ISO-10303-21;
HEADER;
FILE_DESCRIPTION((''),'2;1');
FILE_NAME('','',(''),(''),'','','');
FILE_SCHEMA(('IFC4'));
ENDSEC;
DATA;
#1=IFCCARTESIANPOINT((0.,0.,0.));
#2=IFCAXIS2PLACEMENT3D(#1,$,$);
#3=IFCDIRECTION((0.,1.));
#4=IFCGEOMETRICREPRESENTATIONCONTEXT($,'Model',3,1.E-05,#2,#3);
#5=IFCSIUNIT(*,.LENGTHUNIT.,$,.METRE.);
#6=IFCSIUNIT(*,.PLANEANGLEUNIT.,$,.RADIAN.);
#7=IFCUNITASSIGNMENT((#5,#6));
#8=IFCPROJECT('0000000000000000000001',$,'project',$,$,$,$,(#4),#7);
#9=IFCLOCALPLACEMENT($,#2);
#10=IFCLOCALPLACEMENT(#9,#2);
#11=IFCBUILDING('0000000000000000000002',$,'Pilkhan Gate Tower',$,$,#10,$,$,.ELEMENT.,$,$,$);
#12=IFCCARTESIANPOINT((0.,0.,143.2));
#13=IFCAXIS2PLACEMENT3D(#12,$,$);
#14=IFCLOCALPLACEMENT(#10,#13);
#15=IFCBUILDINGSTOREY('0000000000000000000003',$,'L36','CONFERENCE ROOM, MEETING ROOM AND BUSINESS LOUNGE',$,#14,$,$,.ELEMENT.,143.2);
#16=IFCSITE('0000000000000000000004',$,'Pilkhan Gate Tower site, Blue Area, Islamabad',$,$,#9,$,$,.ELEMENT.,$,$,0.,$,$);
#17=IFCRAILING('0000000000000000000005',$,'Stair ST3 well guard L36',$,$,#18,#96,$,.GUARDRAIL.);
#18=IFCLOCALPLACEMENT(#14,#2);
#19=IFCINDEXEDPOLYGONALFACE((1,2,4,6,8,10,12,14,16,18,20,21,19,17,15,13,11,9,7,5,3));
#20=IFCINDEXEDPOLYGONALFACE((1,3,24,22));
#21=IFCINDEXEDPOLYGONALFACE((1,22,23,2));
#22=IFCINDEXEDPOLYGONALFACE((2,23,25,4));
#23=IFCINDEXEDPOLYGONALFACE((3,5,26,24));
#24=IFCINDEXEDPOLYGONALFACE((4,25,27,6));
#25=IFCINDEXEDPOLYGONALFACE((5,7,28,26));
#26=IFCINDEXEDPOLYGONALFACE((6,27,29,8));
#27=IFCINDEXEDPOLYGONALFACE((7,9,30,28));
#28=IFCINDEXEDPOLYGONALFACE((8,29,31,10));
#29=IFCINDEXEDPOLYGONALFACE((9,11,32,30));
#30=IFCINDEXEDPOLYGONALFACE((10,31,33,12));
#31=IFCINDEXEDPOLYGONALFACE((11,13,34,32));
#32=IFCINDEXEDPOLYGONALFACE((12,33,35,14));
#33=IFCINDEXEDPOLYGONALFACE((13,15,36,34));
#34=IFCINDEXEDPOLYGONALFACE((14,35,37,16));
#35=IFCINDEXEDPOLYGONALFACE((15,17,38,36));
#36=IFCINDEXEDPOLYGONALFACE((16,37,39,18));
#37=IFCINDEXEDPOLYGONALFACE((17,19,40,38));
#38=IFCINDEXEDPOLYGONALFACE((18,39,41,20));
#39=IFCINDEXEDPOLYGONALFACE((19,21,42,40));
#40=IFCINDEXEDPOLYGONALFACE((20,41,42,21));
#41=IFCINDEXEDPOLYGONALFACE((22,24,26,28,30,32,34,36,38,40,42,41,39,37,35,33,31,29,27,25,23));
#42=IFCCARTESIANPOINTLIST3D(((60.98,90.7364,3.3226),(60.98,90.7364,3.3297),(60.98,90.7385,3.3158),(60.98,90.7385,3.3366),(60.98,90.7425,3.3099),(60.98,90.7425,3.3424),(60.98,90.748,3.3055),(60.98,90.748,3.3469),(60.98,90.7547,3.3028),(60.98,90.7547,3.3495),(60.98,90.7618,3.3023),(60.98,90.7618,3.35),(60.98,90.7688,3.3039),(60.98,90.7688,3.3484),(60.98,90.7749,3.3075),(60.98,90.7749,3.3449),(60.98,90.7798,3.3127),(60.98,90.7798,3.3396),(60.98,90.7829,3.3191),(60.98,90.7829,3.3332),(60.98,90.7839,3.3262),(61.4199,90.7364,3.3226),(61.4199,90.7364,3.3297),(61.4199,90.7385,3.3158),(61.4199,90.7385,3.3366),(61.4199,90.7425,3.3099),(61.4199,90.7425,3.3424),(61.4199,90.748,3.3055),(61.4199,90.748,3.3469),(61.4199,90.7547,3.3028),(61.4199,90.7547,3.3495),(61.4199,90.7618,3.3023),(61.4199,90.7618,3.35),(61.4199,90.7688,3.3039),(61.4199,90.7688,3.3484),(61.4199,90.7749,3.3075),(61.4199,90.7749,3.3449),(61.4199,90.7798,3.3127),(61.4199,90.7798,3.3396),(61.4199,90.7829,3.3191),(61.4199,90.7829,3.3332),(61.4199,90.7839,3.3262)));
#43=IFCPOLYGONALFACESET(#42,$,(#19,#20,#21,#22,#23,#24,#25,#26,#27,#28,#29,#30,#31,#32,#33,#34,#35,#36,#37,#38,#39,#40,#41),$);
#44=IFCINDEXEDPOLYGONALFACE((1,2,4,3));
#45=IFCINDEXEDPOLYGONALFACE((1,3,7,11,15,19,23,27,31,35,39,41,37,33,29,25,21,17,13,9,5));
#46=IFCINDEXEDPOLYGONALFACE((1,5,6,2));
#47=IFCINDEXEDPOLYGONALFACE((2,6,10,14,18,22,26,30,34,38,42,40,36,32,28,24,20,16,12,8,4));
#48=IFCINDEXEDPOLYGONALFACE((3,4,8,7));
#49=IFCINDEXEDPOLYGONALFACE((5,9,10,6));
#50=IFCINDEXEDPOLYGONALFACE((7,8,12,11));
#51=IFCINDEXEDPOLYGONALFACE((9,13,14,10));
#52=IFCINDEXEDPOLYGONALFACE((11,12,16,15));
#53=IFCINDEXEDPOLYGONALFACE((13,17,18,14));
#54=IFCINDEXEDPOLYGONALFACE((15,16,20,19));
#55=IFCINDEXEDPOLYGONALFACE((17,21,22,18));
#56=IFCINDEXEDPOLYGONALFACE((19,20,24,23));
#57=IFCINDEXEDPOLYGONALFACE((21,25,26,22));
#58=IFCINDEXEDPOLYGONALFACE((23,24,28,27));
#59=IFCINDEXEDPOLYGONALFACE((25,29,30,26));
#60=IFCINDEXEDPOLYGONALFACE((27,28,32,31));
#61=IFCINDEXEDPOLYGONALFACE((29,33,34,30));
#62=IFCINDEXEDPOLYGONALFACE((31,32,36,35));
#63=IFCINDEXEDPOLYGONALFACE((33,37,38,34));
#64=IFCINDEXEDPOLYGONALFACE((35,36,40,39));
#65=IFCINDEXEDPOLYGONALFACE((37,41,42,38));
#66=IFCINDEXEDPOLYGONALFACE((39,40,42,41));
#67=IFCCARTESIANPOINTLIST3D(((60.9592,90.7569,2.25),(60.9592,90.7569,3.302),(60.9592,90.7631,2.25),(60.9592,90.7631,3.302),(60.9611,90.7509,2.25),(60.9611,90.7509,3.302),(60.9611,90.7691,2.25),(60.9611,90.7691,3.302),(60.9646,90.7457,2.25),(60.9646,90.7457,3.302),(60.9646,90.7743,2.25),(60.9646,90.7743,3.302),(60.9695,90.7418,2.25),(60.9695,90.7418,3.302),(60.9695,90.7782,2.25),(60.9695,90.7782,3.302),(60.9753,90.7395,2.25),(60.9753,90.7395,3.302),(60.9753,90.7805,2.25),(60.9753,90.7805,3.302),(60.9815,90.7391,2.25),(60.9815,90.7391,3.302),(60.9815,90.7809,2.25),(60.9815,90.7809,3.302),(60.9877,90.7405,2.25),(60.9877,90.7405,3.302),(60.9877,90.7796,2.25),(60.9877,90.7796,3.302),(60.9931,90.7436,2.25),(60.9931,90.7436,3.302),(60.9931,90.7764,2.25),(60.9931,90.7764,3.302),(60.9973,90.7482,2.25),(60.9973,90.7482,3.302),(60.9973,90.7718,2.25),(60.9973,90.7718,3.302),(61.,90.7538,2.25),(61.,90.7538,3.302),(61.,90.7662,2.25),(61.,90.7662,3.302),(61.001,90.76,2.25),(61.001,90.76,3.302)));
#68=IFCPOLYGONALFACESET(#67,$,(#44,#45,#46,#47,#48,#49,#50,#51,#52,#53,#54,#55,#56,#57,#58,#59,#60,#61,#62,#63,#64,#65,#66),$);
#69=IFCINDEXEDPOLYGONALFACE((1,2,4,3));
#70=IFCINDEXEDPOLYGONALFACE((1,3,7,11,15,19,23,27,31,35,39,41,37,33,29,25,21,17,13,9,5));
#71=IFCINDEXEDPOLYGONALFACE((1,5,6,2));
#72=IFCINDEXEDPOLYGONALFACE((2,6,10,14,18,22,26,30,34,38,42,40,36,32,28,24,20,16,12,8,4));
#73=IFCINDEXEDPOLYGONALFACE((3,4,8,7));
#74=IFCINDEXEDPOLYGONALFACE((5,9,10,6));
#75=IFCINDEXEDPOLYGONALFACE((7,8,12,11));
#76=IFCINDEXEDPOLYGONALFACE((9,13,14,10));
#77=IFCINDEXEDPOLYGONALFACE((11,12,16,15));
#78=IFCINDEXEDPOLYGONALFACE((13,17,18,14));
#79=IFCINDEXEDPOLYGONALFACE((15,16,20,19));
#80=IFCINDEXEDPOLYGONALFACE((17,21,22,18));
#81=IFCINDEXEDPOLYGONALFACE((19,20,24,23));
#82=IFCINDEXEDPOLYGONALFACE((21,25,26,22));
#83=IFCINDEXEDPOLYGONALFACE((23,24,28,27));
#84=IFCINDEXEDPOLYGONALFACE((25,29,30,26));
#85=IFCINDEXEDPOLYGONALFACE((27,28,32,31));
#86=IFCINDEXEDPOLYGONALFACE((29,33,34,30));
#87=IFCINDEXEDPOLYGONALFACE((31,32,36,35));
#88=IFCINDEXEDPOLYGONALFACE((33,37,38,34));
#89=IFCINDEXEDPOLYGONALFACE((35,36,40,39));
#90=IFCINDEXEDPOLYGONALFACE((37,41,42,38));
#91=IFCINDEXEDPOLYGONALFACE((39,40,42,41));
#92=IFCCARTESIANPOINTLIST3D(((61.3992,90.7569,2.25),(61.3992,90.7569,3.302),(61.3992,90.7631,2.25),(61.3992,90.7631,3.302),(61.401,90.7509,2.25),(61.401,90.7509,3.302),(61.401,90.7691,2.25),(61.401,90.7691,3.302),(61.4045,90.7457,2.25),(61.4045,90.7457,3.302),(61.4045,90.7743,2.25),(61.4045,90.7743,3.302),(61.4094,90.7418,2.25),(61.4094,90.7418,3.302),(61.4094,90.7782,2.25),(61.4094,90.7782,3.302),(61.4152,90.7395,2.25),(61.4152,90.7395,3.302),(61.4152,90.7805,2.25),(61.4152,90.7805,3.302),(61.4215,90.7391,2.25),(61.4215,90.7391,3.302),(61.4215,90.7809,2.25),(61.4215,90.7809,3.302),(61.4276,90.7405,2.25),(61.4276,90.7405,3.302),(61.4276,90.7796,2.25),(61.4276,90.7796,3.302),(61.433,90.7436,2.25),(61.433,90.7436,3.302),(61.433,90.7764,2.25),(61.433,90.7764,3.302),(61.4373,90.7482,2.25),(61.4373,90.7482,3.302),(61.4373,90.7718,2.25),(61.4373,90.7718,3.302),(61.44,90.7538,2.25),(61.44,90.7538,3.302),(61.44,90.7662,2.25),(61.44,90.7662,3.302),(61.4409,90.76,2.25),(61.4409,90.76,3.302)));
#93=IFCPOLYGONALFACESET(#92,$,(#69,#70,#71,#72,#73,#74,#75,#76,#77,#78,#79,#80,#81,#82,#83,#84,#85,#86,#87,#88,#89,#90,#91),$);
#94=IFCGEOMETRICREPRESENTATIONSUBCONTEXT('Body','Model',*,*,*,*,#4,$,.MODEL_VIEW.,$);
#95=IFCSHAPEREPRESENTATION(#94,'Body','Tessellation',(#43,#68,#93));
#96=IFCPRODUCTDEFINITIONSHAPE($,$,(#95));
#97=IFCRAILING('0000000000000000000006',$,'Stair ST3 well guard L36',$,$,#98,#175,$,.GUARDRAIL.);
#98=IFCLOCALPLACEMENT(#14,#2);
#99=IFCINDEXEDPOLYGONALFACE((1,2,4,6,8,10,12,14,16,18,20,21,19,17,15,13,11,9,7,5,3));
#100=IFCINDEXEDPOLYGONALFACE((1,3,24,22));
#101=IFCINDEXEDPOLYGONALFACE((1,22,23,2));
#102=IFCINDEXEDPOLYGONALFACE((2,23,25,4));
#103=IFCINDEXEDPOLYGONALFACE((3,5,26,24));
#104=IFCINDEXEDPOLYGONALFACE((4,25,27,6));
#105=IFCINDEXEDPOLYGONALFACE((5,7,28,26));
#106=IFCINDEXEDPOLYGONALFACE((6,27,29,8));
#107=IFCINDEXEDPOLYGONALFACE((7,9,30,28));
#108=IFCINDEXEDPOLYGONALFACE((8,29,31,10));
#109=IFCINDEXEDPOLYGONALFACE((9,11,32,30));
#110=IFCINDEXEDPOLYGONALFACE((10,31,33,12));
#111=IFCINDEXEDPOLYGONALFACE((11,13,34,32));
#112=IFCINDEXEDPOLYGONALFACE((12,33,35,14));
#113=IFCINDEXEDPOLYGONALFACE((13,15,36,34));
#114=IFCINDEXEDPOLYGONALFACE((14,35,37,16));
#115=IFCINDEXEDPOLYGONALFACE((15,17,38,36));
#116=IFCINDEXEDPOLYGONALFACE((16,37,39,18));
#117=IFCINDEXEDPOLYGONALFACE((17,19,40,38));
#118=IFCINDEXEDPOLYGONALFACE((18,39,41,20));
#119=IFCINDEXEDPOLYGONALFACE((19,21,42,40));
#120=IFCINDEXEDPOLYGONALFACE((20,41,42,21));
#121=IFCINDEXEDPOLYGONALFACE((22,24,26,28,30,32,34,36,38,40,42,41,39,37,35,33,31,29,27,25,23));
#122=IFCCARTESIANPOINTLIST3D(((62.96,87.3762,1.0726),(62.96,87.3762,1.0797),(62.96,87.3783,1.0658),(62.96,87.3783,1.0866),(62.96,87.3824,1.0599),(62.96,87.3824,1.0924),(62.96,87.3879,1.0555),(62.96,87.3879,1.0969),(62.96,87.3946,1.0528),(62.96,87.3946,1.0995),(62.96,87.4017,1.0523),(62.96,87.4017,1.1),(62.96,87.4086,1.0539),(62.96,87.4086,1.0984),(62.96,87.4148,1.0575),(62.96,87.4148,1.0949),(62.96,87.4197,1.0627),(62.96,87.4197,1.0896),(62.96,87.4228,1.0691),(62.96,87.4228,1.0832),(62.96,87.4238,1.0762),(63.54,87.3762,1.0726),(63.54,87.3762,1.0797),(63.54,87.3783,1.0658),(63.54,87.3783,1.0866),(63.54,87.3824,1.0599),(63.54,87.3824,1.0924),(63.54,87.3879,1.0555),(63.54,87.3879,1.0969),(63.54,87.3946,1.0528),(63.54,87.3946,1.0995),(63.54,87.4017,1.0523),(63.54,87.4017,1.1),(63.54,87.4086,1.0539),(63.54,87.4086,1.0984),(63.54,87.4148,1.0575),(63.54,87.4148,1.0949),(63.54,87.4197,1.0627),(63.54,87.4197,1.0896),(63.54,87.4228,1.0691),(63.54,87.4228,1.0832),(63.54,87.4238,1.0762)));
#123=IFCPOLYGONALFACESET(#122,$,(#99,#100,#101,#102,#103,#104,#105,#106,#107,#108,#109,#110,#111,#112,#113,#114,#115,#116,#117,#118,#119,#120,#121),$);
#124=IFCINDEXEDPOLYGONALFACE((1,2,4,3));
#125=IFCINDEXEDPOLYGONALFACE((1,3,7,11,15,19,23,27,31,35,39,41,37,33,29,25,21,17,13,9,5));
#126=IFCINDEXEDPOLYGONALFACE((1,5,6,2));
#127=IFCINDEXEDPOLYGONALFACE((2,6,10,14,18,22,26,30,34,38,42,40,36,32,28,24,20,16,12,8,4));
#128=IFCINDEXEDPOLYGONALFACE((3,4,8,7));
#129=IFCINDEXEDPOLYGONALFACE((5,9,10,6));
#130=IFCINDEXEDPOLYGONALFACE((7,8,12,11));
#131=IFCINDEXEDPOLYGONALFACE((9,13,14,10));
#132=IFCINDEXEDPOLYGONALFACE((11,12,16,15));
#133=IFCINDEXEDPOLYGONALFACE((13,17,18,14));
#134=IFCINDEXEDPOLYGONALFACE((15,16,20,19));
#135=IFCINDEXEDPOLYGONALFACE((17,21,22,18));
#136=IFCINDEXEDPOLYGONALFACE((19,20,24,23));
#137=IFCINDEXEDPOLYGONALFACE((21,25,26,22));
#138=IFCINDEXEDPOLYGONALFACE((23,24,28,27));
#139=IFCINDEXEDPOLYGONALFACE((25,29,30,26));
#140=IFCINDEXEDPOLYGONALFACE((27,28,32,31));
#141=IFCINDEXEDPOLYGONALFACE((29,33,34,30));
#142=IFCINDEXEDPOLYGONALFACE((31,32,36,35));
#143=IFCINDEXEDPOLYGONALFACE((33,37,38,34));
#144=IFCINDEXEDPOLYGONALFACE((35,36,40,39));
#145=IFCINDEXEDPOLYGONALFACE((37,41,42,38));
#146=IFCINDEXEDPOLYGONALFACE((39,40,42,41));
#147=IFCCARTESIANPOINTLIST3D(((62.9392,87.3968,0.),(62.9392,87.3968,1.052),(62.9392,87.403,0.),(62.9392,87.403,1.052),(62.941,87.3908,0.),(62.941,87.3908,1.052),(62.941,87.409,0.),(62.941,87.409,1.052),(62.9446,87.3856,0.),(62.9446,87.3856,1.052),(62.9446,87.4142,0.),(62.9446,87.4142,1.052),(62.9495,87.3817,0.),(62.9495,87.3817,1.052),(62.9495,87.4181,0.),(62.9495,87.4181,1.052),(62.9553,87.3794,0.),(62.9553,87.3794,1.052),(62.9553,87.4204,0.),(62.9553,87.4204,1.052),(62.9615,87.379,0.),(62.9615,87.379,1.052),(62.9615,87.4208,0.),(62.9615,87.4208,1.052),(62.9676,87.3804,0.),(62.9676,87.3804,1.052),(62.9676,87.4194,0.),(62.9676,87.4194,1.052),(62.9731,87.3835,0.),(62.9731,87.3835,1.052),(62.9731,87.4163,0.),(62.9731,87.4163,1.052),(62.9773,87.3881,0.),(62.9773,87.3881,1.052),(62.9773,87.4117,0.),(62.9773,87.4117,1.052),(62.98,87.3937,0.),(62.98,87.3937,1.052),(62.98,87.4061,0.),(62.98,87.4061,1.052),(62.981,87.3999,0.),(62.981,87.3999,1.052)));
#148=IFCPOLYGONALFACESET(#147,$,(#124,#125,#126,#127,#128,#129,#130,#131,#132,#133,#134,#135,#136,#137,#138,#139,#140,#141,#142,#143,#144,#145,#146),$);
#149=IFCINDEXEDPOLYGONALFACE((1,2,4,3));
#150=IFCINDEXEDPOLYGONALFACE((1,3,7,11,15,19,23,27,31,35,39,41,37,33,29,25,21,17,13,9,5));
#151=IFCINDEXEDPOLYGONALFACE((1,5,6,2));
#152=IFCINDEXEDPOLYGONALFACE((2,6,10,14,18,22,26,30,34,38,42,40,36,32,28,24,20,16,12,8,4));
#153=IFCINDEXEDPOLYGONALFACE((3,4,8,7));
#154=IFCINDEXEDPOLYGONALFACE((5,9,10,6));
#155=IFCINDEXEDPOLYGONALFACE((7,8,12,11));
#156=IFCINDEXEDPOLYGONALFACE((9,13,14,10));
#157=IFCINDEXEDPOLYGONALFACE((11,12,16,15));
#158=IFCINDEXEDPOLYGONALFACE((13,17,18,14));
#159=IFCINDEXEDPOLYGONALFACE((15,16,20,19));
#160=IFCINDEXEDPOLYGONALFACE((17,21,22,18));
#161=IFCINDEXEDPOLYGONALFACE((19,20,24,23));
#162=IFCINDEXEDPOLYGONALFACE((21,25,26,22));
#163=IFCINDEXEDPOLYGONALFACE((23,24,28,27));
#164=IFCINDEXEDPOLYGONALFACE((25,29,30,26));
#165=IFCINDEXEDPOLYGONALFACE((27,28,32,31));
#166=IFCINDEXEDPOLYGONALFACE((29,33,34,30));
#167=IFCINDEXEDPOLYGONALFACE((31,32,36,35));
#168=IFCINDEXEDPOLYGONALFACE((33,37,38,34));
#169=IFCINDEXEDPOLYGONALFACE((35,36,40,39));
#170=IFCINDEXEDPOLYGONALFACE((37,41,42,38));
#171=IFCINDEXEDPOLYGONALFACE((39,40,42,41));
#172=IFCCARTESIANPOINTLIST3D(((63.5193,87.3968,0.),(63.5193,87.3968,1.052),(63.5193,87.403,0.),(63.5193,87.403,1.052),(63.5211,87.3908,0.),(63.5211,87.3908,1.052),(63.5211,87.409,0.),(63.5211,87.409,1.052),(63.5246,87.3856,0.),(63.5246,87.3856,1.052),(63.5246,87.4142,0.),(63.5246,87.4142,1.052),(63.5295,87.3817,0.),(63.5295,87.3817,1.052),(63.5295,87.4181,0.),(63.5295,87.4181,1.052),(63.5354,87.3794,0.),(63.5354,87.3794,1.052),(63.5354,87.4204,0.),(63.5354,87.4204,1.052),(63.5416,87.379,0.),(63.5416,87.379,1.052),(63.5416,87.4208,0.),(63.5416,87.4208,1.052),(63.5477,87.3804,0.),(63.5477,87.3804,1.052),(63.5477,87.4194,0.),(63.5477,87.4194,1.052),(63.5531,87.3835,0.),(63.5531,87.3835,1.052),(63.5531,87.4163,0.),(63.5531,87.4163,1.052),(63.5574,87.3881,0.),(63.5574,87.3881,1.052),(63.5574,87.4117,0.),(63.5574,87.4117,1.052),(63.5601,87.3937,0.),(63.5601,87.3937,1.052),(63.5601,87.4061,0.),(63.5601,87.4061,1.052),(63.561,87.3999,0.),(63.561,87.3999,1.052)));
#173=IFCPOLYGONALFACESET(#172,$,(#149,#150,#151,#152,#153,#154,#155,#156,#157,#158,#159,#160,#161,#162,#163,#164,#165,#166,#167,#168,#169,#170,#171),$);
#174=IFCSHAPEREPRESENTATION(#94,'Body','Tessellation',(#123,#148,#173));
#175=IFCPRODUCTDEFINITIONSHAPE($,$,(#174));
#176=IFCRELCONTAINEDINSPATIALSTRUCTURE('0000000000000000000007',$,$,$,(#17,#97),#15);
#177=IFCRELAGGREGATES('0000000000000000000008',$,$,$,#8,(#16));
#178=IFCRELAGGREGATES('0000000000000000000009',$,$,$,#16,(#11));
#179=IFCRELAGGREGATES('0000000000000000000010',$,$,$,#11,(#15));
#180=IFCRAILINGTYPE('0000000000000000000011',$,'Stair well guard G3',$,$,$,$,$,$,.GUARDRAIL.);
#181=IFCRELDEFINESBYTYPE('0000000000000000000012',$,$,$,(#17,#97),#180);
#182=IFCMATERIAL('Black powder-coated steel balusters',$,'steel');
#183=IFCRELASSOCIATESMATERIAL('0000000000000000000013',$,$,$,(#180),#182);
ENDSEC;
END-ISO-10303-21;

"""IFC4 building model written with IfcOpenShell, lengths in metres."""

from ifc_helpers import new_model, si_unit, direction, frame, origin, origin_2d, place, context, subcontext, project, spatial, circle, extrude, material, type_object, element, save


model = new_model("IFC4")

# Units and contexts
model_context = context("Model", 3, precision=1e-05, world=origin(), true_north=direction((0.0, 1.0)))
body_context = subcontext(model_context, "Body", "Model", "MODEL_VIEW")
ifc_project = project(units=[si_unit("LENGTHUNIT", "METRE"), si_unit("PLANEANGLEUNIT", "RADIAN")], contexts=[model_context])

# Site, building, storey
site_placement = place(None, origin())
site = spatial("IfcSite", under=ifc_project, at=site_placement, Name="Pilkhan Gate Tower site, Blue Area, Islamabad", CompositionType="ELEMENT", RefElevation=0.0)
building_placement = place(site_placement, origin())
building = spatial("IfcBuilding", under=site, at=building_placement, Name="Pilkhan Gate Tower", CompositionType="ELEMENT")
storey_placement = place(building_placement, frame((0.0, 0.0, 143.2)))
storey = spatial("IfcBuildingStorey", under=building, at=storey_placement, Name="L36", Description="CONFERENCE ROOM, MEETING ROOM AND BUSINESS LOUNGE", CompositionType="ELEMENT", Elevation=143.2)

# Railings
ifc_material_1 = material(Name="Black powder-coated steel balusters", Category="steel")
railing_type_1 = type_object("IfcRailingType", Name="Stair well guard G3", PredefinedType="GUARDRAIL", material=ifc_material_1)
railing_1_placement = place(storey_placement, frame((60.98, 90.76, 2.25)))
element("IfcRailing", 1, at=railing_1_placement, inside=storey, type_object=railing_type_1, Name="Stair ST3 well guard L36", PredefinedType="GUARDRAIL", context=body_context, shape_type="SweptSolid", body=[
    extrude(circle(Radius=0.0239, at=origin_2d()), frame((0.0, 0.0, 1.0762), z_axis=(1.0, 0.0, 0.0), x_axis=(0.0, 1.0, 0.0)), (0.0, 0.0, 1.0), 0.4399),
    extrude(circle(Radius=0.021, at=origin_2d()), origin(), (0.0, 0.0, 1.0), 1.052),
    extrude(circle(Radius=0.021, at=origin_2d()), frame((0.4399, 0.0, 0.0)), (0.0, 0.0, 1.0), 1.052),
])
for number, where, name in (
    (2, (62.96, 87.3999, 0.0), "Stair ST3 well guard L36"),
):
    element("IfcRailing", number, at=place(storey_placement, frame(where)), inside=storey, type_object=railing_type_1, Name=name, PredefinedType="GUARDRAIL", context=body_context, shape_type="SweptSolid", body=[
        extrude(circle(Radius=0.0239, at=origin_2d()), frame((0.0, 0.0, 1.0762), z_axis=(1.0, 0.0, 0.0), x_axis=(0.0, 1.0, 0.0)), (0.0, 0.0, 1.0), 0.5801),
        extrude(circle(Radius=0.021, at=origin_2d()), origin(), (0.0, 0.0, 1.0), 1.052),
        extrude(circle(Radius=0.021, at=origin_2d()), frame((0.5801, 0.0, 0.0)), (0.0, 0.0, 1.0), 1.052),
    ])

save(model, "model.ifc")
